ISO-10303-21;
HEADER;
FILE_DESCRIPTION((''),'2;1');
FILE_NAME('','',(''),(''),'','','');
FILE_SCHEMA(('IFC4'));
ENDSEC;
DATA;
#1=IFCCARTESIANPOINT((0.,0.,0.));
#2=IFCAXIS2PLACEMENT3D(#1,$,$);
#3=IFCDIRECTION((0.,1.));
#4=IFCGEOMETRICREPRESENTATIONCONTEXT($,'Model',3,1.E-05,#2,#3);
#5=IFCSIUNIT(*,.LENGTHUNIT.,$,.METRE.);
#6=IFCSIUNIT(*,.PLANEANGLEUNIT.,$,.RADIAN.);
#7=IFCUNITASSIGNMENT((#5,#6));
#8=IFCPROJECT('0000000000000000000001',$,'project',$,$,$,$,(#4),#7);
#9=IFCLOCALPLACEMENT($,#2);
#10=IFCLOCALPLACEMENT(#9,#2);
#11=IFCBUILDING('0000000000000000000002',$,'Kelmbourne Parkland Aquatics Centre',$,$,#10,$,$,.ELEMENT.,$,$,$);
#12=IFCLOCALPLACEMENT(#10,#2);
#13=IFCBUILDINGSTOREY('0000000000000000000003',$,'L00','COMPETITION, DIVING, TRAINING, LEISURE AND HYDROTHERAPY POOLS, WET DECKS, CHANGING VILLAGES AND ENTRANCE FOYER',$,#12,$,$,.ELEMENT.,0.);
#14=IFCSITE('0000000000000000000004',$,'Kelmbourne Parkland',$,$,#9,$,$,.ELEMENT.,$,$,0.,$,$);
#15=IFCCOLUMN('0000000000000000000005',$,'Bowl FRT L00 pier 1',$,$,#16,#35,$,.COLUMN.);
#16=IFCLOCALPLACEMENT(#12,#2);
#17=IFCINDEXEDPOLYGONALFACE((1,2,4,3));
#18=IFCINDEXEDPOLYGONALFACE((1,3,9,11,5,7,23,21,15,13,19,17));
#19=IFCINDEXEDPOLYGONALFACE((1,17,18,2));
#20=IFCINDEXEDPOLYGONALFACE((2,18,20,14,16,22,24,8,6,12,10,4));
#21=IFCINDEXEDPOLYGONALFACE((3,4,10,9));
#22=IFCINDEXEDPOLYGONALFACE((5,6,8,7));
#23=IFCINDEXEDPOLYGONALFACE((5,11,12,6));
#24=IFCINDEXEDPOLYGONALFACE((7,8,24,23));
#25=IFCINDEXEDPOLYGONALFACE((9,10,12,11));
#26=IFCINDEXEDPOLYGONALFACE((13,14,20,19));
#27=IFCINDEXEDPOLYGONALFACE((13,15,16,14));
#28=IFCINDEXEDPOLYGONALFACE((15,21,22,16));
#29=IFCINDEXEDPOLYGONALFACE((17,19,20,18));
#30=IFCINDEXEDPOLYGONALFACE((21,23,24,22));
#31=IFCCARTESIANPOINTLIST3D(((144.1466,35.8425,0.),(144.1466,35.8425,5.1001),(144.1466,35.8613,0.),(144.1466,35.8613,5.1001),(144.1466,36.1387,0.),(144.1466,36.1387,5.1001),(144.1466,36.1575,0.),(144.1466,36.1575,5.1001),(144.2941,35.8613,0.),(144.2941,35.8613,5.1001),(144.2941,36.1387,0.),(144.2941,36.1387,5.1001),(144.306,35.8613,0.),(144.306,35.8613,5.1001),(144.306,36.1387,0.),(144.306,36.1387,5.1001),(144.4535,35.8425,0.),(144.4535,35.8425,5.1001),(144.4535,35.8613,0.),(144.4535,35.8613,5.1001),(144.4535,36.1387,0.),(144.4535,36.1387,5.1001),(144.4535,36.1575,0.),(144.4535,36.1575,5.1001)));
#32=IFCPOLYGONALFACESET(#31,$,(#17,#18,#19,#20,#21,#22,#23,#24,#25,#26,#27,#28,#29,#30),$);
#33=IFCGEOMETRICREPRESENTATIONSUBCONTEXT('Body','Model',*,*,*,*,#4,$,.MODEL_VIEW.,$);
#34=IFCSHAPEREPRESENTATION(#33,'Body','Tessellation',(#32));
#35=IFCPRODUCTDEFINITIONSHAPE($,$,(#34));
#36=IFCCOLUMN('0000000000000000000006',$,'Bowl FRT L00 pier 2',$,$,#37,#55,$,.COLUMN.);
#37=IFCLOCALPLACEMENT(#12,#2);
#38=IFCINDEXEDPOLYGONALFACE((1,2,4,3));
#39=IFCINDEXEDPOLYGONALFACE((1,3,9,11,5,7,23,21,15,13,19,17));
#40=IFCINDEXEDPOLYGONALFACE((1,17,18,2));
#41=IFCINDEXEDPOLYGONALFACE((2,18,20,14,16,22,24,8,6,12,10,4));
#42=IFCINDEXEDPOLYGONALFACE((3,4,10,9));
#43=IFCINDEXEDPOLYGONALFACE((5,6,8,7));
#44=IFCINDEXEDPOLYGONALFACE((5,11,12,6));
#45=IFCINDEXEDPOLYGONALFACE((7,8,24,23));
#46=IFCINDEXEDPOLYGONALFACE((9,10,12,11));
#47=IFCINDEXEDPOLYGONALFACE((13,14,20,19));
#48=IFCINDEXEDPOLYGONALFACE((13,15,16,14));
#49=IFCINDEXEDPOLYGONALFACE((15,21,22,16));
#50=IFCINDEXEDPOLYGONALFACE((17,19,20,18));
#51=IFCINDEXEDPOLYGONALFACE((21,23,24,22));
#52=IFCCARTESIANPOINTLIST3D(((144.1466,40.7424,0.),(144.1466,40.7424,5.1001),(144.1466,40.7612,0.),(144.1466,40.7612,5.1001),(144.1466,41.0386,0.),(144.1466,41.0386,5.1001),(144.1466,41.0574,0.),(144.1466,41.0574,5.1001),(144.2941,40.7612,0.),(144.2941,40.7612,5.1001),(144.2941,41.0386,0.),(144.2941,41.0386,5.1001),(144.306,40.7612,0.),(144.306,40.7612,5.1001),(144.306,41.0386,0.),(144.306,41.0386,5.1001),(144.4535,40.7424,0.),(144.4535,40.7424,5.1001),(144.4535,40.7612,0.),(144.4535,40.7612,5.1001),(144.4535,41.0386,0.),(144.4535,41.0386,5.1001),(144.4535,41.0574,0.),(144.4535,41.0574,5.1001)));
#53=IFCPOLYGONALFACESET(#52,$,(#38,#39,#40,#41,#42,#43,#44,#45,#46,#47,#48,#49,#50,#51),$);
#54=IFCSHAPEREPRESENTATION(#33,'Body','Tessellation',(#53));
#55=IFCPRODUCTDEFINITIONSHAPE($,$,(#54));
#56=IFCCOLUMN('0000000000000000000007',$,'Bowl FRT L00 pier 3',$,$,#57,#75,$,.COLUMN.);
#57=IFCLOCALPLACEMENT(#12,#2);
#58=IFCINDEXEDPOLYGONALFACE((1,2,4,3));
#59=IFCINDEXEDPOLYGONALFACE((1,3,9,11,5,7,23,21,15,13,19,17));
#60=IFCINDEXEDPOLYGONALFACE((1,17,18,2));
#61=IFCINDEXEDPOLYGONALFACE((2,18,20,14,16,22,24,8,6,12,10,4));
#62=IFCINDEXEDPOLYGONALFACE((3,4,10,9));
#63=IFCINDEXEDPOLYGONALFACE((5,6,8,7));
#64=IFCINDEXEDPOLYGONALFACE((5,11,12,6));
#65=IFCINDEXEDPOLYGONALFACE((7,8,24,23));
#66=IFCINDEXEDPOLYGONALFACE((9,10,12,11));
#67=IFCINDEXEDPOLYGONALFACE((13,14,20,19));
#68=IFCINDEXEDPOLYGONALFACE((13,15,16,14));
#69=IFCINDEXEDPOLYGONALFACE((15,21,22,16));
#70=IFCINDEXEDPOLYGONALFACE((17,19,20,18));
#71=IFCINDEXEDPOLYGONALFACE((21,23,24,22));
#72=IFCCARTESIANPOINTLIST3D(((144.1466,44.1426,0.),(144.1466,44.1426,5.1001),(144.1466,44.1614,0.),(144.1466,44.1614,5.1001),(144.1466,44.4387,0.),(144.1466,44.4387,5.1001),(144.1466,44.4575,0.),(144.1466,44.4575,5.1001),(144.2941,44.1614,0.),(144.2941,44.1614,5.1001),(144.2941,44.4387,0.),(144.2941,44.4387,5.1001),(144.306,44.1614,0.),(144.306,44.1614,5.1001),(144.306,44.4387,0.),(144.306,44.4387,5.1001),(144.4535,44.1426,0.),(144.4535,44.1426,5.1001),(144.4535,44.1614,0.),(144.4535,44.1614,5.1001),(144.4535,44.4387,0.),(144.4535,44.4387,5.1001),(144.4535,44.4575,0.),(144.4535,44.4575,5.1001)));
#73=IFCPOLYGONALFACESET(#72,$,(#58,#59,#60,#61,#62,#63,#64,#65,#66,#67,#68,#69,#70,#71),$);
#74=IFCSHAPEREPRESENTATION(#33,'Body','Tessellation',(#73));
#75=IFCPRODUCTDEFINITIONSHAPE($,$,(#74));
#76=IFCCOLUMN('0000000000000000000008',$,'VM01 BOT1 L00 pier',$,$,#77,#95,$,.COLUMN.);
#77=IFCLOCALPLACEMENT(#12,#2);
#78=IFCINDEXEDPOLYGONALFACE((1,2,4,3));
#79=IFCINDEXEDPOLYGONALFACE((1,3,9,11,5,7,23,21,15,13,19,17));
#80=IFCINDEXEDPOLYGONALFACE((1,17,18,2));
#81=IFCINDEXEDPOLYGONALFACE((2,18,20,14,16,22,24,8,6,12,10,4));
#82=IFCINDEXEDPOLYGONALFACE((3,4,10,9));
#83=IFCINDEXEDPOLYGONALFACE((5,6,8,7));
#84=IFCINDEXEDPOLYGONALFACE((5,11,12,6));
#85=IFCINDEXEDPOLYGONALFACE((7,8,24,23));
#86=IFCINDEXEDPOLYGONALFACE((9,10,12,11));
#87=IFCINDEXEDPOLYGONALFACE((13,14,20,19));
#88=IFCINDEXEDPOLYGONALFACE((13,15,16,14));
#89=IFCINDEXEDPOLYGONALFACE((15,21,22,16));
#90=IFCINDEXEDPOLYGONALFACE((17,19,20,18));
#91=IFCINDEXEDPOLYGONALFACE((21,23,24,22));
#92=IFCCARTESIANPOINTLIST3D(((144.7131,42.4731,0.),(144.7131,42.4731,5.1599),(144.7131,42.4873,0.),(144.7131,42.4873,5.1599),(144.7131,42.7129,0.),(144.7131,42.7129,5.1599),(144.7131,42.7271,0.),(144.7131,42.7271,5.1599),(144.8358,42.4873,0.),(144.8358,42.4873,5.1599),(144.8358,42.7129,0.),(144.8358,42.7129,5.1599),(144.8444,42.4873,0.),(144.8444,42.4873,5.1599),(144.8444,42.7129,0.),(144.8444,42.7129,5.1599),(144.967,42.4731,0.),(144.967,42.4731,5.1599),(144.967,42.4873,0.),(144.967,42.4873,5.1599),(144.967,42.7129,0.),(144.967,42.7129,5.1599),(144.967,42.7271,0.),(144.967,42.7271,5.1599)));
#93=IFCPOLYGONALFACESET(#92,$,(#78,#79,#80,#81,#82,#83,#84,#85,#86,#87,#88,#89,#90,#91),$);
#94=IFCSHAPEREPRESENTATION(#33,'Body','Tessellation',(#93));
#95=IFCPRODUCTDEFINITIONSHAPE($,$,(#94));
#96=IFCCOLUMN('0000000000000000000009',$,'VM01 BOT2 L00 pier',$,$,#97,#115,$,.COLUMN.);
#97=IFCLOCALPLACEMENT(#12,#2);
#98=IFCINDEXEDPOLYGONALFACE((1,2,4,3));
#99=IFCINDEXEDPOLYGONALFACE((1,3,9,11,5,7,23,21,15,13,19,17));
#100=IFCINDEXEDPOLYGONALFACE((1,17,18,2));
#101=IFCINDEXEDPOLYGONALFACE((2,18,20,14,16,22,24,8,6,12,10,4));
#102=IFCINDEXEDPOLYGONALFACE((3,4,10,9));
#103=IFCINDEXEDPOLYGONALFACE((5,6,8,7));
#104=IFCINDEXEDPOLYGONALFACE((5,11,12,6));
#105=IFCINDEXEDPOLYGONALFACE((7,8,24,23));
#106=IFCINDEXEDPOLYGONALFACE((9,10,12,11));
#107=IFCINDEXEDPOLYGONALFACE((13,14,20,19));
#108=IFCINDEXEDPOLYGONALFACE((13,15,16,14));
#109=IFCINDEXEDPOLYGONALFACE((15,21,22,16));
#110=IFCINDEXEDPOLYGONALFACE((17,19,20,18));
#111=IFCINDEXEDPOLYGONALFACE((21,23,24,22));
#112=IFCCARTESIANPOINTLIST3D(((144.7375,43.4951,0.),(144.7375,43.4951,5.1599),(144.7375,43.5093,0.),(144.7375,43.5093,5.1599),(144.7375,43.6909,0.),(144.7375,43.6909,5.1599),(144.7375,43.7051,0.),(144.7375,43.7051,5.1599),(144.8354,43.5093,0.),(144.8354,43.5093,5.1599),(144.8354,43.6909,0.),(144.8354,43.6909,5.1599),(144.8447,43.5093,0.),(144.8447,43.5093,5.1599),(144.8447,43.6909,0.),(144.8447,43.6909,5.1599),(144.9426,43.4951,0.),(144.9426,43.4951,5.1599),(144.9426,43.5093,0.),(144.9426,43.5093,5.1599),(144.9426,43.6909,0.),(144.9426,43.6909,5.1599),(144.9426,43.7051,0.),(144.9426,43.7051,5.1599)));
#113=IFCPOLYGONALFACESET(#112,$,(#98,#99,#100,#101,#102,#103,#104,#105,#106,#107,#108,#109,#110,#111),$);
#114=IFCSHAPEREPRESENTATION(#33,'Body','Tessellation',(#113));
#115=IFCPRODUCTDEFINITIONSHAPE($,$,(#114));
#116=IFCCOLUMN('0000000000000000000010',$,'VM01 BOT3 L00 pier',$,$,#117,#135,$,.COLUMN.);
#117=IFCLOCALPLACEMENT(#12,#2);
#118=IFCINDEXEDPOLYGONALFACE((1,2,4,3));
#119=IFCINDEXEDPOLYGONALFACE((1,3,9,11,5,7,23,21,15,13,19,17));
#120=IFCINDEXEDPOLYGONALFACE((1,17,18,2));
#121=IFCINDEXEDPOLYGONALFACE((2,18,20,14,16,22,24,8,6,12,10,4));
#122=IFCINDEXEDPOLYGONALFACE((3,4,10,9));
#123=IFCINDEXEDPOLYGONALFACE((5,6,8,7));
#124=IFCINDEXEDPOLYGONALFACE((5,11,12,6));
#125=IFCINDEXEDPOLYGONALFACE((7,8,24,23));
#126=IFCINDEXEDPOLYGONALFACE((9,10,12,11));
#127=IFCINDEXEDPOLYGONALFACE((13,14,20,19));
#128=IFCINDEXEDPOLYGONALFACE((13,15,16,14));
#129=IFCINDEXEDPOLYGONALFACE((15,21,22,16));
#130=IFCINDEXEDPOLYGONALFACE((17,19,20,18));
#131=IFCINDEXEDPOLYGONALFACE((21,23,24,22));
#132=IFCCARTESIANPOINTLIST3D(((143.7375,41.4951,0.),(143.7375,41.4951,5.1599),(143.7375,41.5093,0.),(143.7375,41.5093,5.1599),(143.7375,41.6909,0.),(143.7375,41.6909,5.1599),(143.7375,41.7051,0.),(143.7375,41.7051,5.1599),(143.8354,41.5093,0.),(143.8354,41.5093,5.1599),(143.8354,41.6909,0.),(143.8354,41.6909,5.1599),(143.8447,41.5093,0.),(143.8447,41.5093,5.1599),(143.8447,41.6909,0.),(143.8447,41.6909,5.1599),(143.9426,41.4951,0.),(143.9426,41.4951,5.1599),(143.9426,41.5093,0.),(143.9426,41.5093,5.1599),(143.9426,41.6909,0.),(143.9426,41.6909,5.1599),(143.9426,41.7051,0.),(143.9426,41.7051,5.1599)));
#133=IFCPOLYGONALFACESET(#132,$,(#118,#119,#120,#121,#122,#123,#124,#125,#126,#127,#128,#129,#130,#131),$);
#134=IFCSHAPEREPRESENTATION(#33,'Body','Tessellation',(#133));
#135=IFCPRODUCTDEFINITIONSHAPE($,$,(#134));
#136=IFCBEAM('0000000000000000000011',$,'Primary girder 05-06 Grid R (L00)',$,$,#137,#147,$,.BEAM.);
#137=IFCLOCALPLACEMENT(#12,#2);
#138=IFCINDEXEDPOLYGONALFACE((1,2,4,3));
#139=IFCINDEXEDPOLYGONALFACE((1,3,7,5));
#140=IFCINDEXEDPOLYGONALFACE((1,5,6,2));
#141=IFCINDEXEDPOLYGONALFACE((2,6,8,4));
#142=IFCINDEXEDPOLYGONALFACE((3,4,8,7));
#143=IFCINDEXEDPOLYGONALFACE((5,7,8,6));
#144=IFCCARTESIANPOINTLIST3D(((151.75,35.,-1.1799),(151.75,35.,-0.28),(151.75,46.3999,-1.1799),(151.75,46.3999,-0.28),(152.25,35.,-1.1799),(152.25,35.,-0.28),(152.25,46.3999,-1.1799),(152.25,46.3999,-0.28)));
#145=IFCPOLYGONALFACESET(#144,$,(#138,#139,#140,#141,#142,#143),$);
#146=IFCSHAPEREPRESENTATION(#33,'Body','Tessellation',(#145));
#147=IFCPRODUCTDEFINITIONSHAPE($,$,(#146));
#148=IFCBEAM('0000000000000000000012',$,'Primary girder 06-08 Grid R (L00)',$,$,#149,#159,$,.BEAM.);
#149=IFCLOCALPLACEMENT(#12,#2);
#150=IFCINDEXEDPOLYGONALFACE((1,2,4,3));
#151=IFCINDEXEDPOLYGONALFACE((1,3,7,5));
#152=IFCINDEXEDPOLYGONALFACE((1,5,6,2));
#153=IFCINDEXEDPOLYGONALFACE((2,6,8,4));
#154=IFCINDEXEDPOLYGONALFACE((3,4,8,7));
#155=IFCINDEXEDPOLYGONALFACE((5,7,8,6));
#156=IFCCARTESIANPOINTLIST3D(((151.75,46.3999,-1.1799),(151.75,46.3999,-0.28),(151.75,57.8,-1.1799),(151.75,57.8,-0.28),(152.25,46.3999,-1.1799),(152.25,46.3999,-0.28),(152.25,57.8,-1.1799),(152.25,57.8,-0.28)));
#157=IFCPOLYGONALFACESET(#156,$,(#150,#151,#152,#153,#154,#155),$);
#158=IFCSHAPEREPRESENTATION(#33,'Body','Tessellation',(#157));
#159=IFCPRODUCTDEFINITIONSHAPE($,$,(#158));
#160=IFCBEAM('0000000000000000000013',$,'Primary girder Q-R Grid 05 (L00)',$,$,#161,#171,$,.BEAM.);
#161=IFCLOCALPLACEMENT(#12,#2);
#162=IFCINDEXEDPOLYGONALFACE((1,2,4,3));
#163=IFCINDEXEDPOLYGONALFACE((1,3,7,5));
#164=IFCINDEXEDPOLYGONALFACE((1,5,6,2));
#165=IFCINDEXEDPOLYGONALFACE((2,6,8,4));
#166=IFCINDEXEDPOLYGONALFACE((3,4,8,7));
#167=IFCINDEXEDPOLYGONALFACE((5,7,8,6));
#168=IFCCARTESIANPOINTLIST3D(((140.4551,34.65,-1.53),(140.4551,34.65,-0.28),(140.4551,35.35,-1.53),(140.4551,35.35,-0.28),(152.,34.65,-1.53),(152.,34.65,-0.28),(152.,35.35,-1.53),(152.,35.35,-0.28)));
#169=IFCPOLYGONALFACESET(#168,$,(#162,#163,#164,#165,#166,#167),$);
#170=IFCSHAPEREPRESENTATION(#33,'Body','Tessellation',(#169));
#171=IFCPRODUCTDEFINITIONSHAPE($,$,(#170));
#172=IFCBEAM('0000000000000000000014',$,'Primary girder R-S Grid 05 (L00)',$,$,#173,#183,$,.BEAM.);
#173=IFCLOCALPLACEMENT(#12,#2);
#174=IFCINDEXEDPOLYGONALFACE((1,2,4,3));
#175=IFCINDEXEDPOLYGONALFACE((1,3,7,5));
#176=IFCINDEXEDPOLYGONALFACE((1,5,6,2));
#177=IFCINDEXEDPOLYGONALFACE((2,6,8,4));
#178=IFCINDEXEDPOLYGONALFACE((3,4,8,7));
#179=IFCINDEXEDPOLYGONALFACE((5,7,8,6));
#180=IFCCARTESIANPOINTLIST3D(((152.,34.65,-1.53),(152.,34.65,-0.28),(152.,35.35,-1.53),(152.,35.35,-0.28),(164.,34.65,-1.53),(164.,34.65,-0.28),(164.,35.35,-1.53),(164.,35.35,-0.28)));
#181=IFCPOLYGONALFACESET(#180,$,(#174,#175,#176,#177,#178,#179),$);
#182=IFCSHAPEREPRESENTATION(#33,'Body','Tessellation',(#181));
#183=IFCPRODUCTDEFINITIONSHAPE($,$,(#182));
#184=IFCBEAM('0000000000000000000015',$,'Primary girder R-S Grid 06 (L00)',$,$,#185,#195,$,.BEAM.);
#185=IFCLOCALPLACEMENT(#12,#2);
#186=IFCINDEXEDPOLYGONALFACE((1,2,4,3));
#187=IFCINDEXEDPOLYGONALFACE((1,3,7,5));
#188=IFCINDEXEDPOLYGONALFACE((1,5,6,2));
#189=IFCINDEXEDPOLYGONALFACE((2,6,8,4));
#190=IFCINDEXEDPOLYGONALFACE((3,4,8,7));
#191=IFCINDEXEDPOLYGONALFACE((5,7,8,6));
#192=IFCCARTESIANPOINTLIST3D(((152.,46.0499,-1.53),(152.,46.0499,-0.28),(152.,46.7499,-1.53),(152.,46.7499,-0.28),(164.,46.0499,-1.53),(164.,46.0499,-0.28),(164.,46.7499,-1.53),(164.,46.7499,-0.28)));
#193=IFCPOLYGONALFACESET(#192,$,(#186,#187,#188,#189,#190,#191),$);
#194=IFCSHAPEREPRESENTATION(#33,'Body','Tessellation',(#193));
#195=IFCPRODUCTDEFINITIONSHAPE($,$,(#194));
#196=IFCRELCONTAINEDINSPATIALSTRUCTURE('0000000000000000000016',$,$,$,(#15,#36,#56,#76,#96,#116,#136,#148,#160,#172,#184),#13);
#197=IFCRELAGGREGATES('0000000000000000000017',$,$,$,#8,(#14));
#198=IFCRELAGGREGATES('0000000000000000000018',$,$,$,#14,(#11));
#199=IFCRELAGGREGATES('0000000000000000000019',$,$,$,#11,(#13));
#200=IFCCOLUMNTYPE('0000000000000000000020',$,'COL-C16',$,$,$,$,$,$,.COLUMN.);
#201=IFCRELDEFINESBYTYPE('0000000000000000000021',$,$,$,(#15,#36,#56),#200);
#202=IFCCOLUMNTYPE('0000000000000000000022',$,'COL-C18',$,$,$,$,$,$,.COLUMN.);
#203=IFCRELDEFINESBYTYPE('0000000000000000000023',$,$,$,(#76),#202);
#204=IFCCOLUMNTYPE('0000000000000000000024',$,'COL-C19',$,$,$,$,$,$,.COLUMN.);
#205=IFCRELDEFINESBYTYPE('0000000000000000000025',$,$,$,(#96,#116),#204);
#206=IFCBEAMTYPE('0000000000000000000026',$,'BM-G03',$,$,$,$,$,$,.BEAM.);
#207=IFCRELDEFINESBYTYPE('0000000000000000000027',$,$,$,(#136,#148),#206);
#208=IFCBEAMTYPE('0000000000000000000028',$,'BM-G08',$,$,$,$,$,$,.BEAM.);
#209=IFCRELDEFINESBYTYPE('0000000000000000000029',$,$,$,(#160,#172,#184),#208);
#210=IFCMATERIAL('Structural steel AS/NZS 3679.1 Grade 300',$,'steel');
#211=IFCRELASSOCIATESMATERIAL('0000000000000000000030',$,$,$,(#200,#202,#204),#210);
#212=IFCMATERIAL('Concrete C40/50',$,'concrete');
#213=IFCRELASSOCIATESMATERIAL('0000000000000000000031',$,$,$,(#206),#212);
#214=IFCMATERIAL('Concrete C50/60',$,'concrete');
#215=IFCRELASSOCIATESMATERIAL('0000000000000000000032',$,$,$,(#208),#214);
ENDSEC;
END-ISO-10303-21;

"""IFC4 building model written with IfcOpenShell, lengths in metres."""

from ifc_helpers import new_model, si_unit, direction, frame, origin, origin_2d, place, context, subcontext, project, spatial, rectangle, i_section, extrude, material, material_profile, profile_set, type_object, element, save


model = new_model("IFC4")

# Units and contexts
model_context = context("Model", 3, precision=1e-05, world=origin(), true_north=direction((0.0, 1.0)))
body_context = subcontext(model_context, "Body", "Model", "MODEL_VIEW")
ifc_project = project(units=[si_unit("LENGTHUNIT", "METRE"), si_unit("PLANEANGLEUNIT", "RADIAN")], contexts=[model_context])

# Site, building, storey
site_placement = place(None, origin())
site = spatial("IfcSite", under=ifc_project, at=site_placement, Name="Kelmbourne Parkland", CompositionType="ELEMENT", RefElevation=0.0)
building_placement = place(site_placement, origin())
building = spatial("IfcBuilding", under=site, at=building_placement, Name="Kelmbourne Parkland Aquatics Centre", CompositionType="ELEMENT")
storey_placement = place(building_placement, origin())
storey = spatial("IfcBuildingStorey", under=building, at=storey_placement, Name="L00", Description="COMPETITION, DIVING, TRAINING, LEISURE AND HYDROTHERAPY POOLS, WET DECKS, CHANGING VILLAGES AND ENTRANCE FOYER", CompositionType="ELEMENT", Elevation=0.0)

# Columns
ifc_material_1 = material(Name="Structural steel AS/NZS 3679.1 Grade 300", Category="steel")
ifc_material_profile_1 = material_profile(ifc_material_1, i_section(OverallWidth=0.3069, OverallDepth=0.3149, WebThickness=0.012, FlangeThickness=0.0188, at=origin_2d()), Name="310UC118")
ifc_profile_set_1 = profile_set([ifc_material_profile_1], Name="Structural steel AS/NZS 3679.1 Grade 300")
column_type_1 = type_object("IfcColumnType", Name="COL-C16", PredefinedType="COLUMN", material=ifc_profile_set_1)
for number, where, z_axis, x_axis, name in (
    (1, (144.3, 36.0, 0.0), (0.0, 0.0, 1.0), (1.0, 0.0, 0.0), "Bowl FRT L00 pier 1"),
    (2, (144.3, 40.8999, 0.0), (0.0, 0.0, 1.0), (1.0, 0.0, 0.0), "Bowl FRT L00 pier 2"),
    (3, (144.3, 44.3, 0.0), (0.0, 0.0, 1.0), (1.0, 0.0, 0.0), "Bowl FRT L00 pier 3"),
):
    element("IfcColumn", number, at=place(storey_placement, frame(where, z_axis=z_axis, x_axis=x_axis)), inside=storey, type_object=column_type_1, Name=name, PredefinedType="COLUMN", context=body_context, shape_type="SweptSolid", body=[
        extrude(i_section(OverallWidth=0.3069, OverallDepth=0.3149, WebThickness=0.012, FlangeThickness=0.0188, at=origin_2d()), origin(), (0.0, 0.0, 1.0), 5.1001),
    ])
ifc_material_profile_2 = material_profile(ifc_material_1, i_section(OverallWidth=0.2539, OverallDepth=0.2539, WebThickness=0.0085, FlangeThickness=0.0142, at=origin_2d()), Name="250UC72.9")
ifc_profile_set_2 = profile_set([ifc_material_profile_2], Name="Structural steel AS/NZS 3679.1 Grade 300")
column_type_2 = type_object("IfcColumnType", Name="COL-C18", PredefinedType="COLUMN", material=ifc_profile_set_2)
column_placement = place(storey_placement, frame((144.8401, 42.6001, 0.0), z_axis=(0.0, 0.0, 1.0), x_axis=(1.0, 0.0, 0.0)))
element("IfcColumn", 4, at=column_placement, inside=storey, type_object=column_type_2, Name="VM01 BOT1 L00 pier", PredefinedType="COLUMN", context=body_context, shape_type="SweptSolid", body=[
    extrude(i_section(OverallWidth=0.2539, OverallDepth=0.2539, WebThickness=0.0085, FlangeThickness=0.0142, at=origin_2d()), origin(), (0.0, 0.0, 1.0), 5.1599),
])
ifc_material_profile_3 = material_profile(ifc_material_1, i_section(OverallWidth=0.2051, OverallDepth=0.21, WebThickness=0.0093, FlangeThickness=0.0142, at=origin_2d()), Name="200UC59.5")
ifc_profile_set_3 = profile_set([ifc_material_profile_3], Name="Structural steel AS/NZS 3679.1 Grade 300")
column_type_3 = type_object("IfcColumnType", Name="COL-C19", PredefinedType="COLUMN", material=ifc_profile_set_3)
for number, where, z_axis, x_axis, name in (
    (5, (144.8401, 43.6001, 0.0), (0.0, 0.0, 1.0), (1.0, 0.0, 0.0), "VM01 BOT2 L00 pier"),
    (6, (143.8401, 41.6001, 0.0), (0.0, 0.0, 1.0), (1.0, 0.0, 0.0), "VM01 BOT3 L00 pier"),
):
    element("IfcColumn", number, at=place(storey_placement, frame(where, z_axis=z_axis, x_axis=x_axis)), inside=storey, type_object=column_type_3, Name=name, PredefinedType="COLUMN", context=body_context, shape_type="SweptSolid", body=[
        extrude(i_section(OverallWidth=0.2051, OverallDepth=0.21, WebThickness=0.0093, FlangeThickness=0.0142, at=origin_2d()), origin(), (0.0, 0.0, 1.0), 5.1599),
    ])

# Beams
ifc_material_2 = material(Name="Concrete C40/50", Category="concrete")
ifc_material_profile_4 = material_profile(ifc_material_2, rectangle(XDim=0.5, YDim=0.8999, at=origin_2d()), Name="RC 500x900")
ifc_profile_set_4 = profile_set([ifc_material_profile_4], Name="Concrete C40/50")
beam_type_1 = type_object("IfcBeamType", Name="BM-G03", PredefinedType="BEAM", material=ifc_profile_set_4)
beam_1_placement = place(storey_placement, frame((152.0, 35.0, -0.73), z_axis=(0.0, 1.0, 0.0), x_axis=(-1.0, 0.0, 0.0)))
element("IfcBeam", 7, at=beam_1_placement, inside=storey, type_object=beam_type_1, Name="Primary girder 05-06 Grid R (L00)", PredefinedType="BEAM", context=body_context, shape_type="SweptSolid", body=[
    extrude(rectangle(XDim=0.5, YDim=0.8999, at=origin_2d()), origin(), (0.0, 0.0, 1.0), 11.3999),
])
beam_2_placement = place(storey_placement, frame((152.0, 46.3999, -0.73), z_axis=(0.0, 1.0, 0.0), x_axis=(-1.0, 0.0, 0.0)))
element("IfcBeam", 8, at=beam_2_placement, inside=storey, type_object=beam_type_1, Name="Primary girder 06-08 Grid R (L00)", PredefinedType="BEAM", context=body_context, shape_type="SweptSolid", body=[
    extrude(rectangle(XDim=0.5, YDim=0.8999, at=origin_2d()), origin(), (0.0, 0.0, 1.0), 11.4001),
])
ifc_material_3 = material(Name="Concrete C50/60", Category="concrete")
ifc_material_profile_5 = material_profile(ifc_material_3, rectangle(XDim=0.7, YDim=1.25, at=origin_2d()), Name="RC 700x1250")
ifc_profile_set_5 = profile_set([ifc_material_profile_5], Name="Concrete C50/60")
beam_type_2 = type_object("IfcBeamType", Name="BM-G08", PredefinedType="BEAM", material=ifc_profile_set_5)
beam_3_placement = place(storey_placement, frame((140.4551, 35.0, -0.905), z_axis=(1.0, 0.0, 0.0), x_axis=(0.0, 1.0, 0.0)))
element("IfcBeam", 9, at=beam_3_placement, inside=storey, type_object=beam_type_2, Name="Primary girder Q-R Grid 05 (L00)", PredefinedType="BEAM", context=body_context, shape_type="SweptSolid", body=[
    extrude(rectangle(XDim=0.7, YDim=1.25, at=origin_2d()), origin(), (0.0, 0.0, 1.0), 11.5449),
])
for number, where, z_axis, x_axis, name in (
    (10, (152.0, 35.0, -0.905), (1.0, 0.0, 0.0), (0.0, 1.0, 0.0), "Primary girder R-S Grid 05 (L00)"),
    (11, (152.0, 46.3999, -0.905), (1.0, 0.0, 0.0), (0.0, 1.0, 0.0), "Primary girder R-S Grid 06 (L00)"),
):
    element("IfcBeam", number, at=place(storey_placement, frame(where, z_axis=z_axis, x_axis=x_axis)), inside=storey, type_object=beam_type_2, Name=name, PredefinedType="BEAM", context=body_context, shape_type="SweptSolid", body=[
        extrude(rectangle(XDim=0.7, YDim=1.25, at=origin_2d()), origin(), (0.0, 0.0, 1.0), 12.0),
    ])

save(model, "model.ifc")
